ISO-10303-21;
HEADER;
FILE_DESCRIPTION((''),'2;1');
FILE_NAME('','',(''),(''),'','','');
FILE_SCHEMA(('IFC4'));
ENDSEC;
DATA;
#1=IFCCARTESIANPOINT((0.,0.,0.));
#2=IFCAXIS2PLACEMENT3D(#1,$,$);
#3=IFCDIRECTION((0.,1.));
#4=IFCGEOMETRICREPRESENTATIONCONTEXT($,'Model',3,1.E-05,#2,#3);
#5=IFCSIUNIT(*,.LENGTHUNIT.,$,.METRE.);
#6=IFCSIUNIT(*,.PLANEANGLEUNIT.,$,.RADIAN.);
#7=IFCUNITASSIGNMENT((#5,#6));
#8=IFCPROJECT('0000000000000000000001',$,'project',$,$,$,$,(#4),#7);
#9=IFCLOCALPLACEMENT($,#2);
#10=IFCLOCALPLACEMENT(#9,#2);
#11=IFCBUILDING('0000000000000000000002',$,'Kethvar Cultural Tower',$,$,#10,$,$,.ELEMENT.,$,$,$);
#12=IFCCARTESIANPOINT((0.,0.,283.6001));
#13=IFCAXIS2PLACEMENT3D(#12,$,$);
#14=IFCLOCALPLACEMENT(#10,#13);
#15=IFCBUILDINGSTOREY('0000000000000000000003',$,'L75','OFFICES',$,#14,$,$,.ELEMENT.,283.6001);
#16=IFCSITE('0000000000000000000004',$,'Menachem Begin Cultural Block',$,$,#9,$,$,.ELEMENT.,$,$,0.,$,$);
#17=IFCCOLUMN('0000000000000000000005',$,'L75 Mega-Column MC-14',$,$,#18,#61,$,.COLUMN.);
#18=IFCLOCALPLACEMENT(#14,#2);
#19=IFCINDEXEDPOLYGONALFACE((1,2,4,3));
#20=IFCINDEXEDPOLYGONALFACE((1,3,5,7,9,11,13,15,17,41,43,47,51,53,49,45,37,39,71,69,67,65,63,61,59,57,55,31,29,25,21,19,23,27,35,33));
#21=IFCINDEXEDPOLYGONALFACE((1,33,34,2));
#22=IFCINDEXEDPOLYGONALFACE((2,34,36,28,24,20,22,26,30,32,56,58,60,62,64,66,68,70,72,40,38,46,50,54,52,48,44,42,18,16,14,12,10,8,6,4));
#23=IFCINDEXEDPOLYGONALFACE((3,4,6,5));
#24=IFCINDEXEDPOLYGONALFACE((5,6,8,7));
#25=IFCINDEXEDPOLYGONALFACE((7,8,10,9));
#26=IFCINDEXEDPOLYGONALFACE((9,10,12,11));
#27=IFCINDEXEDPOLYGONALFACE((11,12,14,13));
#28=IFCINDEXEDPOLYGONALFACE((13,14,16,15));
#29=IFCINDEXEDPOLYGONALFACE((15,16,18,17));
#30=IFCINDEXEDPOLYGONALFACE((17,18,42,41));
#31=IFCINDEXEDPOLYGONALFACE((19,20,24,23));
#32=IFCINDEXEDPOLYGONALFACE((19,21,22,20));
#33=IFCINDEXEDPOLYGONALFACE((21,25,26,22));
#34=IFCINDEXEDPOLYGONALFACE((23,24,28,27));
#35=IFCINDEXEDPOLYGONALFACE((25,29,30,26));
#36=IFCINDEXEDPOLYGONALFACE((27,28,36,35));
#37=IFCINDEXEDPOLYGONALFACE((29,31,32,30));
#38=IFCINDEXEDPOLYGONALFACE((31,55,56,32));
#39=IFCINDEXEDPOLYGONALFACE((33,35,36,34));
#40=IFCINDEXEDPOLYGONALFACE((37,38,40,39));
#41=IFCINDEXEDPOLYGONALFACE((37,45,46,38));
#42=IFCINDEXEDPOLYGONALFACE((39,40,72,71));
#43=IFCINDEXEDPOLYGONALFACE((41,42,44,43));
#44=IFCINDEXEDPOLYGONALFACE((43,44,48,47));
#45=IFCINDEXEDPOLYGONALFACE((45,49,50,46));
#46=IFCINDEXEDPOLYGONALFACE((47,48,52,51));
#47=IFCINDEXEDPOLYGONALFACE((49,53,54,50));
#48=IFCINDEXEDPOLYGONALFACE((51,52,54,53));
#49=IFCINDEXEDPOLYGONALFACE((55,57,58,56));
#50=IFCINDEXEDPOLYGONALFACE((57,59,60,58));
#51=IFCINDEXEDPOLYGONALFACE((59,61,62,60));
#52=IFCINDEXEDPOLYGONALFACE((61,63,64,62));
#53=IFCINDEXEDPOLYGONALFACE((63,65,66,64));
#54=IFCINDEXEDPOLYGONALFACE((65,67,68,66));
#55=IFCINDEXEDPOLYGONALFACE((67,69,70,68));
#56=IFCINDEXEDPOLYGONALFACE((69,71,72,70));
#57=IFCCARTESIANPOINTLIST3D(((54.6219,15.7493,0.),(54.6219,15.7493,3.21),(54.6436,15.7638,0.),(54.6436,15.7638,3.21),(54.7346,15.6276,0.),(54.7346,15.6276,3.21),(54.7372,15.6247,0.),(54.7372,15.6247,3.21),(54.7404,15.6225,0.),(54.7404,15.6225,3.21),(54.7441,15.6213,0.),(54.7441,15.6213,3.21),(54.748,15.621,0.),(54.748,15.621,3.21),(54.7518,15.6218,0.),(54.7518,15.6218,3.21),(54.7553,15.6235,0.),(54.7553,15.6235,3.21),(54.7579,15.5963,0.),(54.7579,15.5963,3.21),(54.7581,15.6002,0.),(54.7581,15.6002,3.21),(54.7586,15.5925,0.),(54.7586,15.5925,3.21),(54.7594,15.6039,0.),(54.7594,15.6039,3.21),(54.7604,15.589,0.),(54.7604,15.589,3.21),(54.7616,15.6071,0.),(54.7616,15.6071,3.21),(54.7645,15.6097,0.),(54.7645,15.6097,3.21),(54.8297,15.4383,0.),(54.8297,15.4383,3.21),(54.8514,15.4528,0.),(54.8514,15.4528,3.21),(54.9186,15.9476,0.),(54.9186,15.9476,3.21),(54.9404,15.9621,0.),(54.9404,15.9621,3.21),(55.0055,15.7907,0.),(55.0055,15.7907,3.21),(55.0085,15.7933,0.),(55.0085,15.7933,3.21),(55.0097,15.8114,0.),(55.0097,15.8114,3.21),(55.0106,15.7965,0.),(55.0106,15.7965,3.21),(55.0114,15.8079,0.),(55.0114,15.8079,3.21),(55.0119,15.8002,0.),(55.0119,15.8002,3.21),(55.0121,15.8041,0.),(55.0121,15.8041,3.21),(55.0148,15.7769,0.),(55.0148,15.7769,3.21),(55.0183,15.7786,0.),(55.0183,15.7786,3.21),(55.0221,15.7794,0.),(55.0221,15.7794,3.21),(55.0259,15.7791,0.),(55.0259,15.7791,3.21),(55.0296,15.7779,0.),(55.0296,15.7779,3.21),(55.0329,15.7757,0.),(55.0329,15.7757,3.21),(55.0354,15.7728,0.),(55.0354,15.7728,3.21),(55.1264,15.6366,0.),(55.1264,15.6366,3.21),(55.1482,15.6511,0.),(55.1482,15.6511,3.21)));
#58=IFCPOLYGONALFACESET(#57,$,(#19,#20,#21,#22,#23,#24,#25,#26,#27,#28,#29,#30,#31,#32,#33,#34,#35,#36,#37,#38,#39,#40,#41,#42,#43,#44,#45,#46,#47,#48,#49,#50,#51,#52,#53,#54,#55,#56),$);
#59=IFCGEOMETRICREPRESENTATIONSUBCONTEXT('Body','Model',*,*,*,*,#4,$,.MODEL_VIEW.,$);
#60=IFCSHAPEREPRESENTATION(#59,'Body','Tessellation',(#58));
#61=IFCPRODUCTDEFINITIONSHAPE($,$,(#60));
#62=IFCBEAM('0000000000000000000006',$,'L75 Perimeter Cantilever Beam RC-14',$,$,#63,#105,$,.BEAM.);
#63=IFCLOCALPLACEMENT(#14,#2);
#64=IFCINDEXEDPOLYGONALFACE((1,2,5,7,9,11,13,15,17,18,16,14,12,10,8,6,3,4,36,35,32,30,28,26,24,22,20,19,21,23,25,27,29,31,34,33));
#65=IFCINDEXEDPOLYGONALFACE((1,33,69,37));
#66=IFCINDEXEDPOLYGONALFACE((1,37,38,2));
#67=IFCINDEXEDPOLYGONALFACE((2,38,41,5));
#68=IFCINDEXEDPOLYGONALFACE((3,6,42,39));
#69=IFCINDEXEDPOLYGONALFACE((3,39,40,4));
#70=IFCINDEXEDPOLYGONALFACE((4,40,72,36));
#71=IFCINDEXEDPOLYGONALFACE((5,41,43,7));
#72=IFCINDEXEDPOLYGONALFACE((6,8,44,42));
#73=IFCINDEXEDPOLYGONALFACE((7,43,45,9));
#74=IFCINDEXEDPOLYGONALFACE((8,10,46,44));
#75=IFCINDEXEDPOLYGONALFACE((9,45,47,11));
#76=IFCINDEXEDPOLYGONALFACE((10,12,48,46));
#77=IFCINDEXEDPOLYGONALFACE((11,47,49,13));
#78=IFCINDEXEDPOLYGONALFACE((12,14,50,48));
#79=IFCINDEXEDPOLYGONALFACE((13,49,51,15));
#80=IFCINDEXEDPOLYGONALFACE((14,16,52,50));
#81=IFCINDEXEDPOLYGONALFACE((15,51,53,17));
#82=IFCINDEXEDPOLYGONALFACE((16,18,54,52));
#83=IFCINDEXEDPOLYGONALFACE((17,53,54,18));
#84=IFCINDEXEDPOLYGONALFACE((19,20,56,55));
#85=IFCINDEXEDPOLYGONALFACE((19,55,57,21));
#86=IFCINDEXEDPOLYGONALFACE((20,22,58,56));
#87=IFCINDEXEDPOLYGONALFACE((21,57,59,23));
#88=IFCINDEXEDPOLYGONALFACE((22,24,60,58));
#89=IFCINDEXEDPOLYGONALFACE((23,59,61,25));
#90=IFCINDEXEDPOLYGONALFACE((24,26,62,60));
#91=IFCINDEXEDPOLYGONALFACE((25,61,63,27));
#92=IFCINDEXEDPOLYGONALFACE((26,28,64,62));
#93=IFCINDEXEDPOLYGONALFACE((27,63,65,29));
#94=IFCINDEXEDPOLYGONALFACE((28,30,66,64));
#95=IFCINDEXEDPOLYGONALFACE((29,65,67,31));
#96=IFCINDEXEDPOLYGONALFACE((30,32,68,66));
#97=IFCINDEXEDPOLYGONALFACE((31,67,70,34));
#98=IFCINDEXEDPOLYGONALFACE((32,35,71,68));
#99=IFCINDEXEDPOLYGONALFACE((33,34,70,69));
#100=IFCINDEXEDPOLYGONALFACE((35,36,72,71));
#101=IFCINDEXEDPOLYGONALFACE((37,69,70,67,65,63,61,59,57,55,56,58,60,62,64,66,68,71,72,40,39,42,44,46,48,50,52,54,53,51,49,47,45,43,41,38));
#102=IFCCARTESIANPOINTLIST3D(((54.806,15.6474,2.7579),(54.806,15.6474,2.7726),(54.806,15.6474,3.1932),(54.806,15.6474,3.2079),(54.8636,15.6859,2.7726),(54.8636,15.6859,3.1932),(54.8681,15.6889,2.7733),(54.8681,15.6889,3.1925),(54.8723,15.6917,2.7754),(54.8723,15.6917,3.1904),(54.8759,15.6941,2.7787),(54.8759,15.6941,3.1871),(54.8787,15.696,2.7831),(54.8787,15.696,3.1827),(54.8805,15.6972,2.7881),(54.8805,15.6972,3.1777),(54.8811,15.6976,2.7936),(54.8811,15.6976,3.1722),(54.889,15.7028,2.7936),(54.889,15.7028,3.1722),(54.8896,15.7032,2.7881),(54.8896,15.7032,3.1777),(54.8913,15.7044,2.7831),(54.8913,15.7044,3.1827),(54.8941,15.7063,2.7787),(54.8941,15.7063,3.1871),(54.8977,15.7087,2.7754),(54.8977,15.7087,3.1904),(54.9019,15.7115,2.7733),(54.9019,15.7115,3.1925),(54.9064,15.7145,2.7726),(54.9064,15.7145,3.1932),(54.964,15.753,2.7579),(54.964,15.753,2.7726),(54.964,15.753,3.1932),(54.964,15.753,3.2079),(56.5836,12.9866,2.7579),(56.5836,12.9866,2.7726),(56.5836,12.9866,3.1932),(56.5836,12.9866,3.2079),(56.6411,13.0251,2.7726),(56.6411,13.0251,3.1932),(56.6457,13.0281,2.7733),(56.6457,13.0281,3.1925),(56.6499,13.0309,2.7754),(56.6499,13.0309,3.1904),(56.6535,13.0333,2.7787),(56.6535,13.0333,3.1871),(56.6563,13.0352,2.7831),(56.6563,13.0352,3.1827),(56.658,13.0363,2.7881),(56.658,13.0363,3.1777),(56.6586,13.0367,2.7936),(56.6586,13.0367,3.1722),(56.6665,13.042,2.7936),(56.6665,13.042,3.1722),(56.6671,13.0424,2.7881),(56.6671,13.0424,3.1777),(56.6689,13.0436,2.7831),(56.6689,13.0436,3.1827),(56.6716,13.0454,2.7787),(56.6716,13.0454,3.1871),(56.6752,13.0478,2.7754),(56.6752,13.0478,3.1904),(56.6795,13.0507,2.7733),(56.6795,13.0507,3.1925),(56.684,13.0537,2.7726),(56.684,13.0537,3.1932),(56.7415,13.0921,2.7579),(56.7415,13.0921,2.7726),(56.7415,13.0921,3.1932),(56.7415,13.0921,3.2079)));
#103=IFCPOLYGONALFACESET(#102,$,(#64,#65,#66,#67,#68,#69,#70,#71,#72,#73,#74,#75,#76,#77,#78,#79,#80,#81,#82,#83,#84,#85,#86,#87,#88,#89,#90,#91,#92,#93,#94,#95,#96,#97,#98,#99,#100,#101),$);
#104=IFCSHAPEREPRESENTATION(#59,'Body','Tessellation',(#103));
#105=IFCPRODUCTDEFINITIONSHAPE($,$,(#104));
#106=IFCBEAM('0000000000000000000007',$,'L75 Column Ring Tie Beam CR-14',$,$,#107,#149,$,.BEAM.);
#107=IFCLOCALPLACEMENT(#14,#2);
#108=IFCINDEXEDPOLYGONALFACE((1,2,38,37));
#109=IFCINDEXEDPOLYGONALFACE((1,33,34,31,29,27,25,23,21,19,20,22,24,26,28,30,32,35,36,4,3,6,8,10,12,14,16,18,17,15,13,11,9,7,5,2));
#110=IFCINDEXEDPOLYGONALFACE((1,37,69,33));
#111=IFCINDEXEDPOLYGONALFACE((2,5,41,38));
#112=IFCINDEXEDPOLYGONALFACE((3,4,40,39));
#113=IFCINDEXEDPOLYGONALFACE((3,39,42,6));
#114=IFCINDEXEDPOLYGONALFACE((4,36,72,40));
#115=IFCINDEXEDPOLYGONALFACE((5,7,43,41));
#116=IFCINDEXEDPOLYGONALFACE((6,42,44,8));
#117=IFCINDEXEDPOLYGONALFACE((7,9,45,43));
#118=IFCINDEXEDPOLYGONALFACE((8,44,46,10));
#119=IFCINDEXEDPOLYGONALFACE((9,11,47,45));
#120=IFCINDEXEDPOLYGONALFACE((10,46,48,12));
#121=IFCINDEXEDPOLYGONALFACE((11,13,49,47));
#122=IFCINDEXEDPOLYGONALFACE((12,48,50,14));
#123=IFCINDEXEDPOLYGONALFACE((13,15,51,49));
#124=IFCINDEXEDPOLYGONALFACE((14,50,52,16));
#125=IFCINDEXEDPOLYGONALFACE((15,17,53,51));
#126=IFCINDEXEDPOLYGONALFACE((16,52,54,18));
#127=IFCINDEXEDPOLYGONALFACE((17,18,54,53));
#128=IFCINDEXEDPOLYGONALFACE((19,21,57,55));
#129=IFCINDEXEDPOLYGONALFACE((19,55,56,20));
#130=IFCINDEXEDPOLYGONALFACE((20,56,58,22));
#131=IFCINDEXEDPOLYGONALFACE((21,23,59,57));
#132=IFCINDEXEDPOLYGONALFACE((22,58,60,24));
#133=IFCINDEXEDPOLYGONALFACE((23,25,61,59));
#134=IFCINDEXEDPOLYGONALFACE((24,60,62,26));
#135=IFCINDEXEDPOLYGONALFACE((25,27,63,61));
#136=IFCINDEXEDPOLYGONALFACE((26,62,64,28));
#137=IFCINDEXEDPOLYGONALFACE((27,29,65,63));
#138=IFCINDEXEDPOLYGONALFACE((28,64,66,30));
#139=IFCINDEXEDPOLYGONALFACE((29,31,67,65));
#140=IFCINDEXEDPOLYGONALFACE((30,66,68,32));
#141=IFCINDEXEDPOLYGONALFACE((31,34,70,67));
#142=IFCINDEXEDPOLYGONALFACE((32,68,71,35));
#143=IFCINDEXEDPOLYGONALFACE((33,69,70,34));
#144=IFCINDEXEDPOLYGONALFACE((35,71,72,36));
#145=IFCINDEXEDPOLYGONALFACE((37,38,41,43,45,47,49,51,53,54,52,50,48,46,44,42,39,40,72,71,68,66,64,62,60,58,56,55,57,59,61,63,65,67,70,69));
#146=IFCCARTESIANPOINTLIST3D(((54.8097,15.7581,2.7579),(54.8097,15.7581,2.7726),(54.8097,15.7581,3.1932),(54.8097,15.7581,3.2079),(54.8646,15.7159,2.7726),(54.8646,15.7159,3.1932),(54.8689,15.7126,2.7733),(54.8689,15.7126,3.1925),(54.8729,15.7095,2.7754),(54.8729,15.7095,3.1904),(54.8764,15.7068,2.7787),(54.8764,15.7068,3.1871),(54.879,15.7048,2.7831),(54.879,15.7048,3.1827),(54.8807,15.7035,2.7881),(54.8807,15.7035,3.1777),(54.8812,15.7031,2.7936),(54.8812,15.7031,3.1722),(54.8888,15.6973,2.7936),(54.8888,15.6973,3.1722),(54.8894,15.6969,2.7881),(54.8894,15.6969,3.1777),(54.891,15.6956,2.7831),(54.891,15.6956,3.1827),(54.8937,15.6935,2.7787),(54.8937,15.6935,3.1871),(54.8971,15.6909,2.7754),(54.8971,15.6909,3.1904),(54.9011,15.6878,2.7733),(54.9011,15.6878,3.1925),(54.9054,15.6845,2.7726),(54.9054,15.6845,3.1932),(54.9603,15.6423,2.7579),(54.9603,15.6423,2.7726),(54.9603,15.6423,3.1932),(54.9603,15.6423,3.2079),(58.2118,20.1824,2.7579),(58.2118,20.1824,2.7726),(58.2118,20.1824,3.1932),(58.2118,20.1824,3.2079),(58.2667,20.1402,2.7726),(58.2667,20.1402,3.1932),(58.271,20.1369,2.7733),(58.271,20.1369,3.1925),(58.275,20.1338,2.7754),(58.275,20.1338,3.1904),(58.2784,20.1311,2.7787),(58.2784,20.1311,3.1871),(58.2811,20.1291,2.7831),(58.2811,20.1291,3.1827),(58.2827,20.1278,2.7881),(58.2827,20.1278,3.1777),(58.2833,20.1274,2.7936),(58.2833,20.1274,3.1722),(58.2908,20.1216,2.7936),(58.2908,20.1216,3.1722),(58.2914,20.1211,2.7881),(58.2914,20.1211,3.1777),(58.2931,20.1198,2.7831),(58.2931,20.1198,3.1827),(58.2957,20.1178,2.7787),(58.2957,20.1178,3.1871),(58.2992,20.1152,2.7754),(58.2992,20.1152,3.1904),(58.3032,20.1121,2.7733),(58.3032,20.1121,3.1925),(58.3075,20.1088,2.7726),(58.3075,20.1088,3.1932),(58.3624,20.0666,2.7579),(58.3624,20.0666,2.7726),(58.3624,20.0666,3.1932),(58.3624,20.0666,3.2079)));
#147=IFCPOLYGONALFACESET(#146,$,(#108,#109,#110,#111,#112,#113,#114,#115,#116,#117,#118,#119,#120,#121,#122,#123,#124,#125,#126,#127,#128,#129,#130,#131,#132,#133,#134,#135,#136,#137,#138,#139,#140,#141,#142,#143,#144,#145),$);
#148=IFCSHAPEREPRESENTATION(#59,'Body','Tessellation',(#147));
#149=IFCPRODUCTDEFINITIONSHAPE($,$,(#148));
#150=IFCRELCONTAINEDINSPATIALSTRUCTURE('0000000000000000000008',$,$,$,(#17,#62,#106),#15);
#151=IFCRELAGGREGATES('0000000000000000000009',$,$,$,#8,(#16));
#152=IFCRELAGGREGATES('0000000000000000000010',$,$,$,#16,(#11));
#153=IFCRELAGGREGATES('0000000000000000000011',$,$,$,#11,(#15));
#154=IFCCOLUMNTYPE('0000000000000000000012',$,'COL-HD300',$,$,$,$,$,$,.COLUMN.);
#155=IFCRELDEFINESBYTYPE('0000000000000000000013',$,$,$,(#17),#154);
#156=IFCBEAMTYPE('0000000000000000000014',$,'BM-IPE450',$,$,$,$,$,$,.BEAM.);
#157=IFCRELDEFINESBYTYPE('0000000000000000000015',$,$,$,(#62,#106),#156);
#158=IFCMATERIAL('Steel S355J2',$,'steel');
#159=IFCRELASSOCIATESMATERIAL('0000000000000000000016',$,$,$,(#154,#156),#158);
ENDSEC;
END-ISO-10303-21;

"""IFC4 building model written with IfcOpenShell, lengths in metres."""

from ifc_helpers import new_model, si_unit, direction, frame, origin, origin_2d, place, context, subcontext, project, spatial, i_section, extrude, source, transform, mapped, material, material_profile, profile_set, type_object, element, save


model = new_model("IFC4")

# Units and contexts
model_context = context("Model", 3, precision=1e-05, world=origin(), true_north=direction((0.0, 1.0)))
body_context = subcontext(model_context, "Body", "Model", "MODEL_VIEW")
ifc_project = project(units=[si_unit("LENGTHUNIT", "METRE"), si_unit("PLANEANGLEUNIT", "RADIAN")], contexts=[model_context])

# Site, building, storey
site_placement = place(None, origin())
site = spatial("IfcSite", under=ifc_project, at=site_placement, Name="Menachem Begin Cultural Block", CompositionType="ELEMENT", RefElevation=0.0)
building_placement = place(site_placement, origin())
building = spatial("IfcBuilding", under=site, at=building_placement, Name="Kethvar Cultural Tower", CompositionType="ELEMENT")
storey_placement = place(building_placement, frame((0.0, 0.0, 283.6001)))
storey = spatial("IfcBuildingStorey", under=building, at=storey_placement, Name="L75", Description="OFFICES", CompositionType="ELEMENT", Elevation=283.6001)

# Column
ifc_material_1 = material(Name="Steel S355J2", Category="steel")
ifc_material_profile_1 = material_profile(ifc_material_1, i_section(OverallWidth=0.374, OverallDepth=0.3831, WebThickness=0.0166, FlangeThickness=0.0261, FilletRadius=0.0149, at=origin_2d()), Name="Steel S355J2 — HD360x300")
ifc_profile_set_1 = profile_set([ifc_material_profile_1], Name="Steel S355J2 — HD360x300")
column_type = type_object("IfcColumnType", Name="COL-HD300", PredefinedType="COLUMN", material=ifc_profile_set_1)
shared_shape_1 = source(origin(), body_context, "Body", "SweptSolid", [
    extrude(i_section(OverallWidth=0.374, OverallDepth=0.3831, WebThickness=0.0166, FlangeThickness=0.0261, FilletRadius=0.0149, at=origin_2d()), origin(), (0.0, 0.0, 1.0), 3.21),
])
column_placement = place(storey_placement, frame((54.885, 15.7002, 0.0), z_axis=(0.0, 0.0, 1.0), x_axis=(0.55557, -0.83147, 0.0)))
element("IfcColumn", 1, at=column_placement, inside=storey, type_object=column_type, Name="L75 Mega-Column MC-14", PredefinedType="COLUMN", context=body_context, shape_type="MappedRepresentation", body=[
    mapped(shared_shape_1, transform((0.0, 0.0, 0.0), scale=1.0)),
])

# Beams
ifc_material_profile_2 = material_profile(ifc_material_1, i_section(OverallWidth=0.1899, OverallDepth=0.45, WebThickness=0.0095, FlangeThickness=0.0146, FilletRadius=0.021, at=origin_2d()), Name="Steel S355J2 — IPE450")
ifc_profile_set_2 = profile_set([ifc_material_profile_2], Name="Steel S355J2 — IPE450")
beam_type_1 = type_object("IfcBeamType", Name="BM-IPE450", PredefinedType="BEAM", material=ifc_profile_set_2)
shared_shape_2 = source(origin(), body_context, "Body", "SweptSolid", [
    extrude(i_section(OverallWidth=0.1899, OverallDepth=0.45, WebThickness=0.0095, FlangeThickness=0.0146, FilletRadius=0.021, at=origin_2d()), origin(), (0.0, 0.0, 1.0), 3.2),
])
beam_1_placement = place(storey_placement, frame((54.885, 15.7002, 2.9829), z_axis=(0.555492, -0.831522, 0.0), x_axis=(0.831522, 0.555492, 0.0)))
element("IfcBeam", 2, at=beam_1_placement, inside=storey, type_object=beam_type_1, Name="L75 Perimeter Cantilever Beam RC-14", PredefinedType="BEAM", context=body_context, shape_type="MappedRepresentation", body=[
    mapped(shared_shape_2, transform((0.0, 0.0, 0.0), scale=1.0)),
])
shared_shape_3 = source(origin(), body_context, "Body", "SweptSolid", [
    extrude(i_section(OverallWidth=0.1899, OverallDepth=0.45, WebThickness=0.0095, FlangeThickness=0.0146, FilletRadius=0.021, at=origin_2d()), origin(), (0.0, 0.0, 1.0), 5.5811),
])
beam_2_placement = place(storey_placement, frame((54.885, 15.7002, 2.9829), z_axis=(0.609573, 0.79273, 0.0), x_axis=(-0.79273, 0.609573, 0.0)))
element("IfcBeam", 3, at=beam_2_placement, inside=storey, type_object=beam_type_1, Name="L75 Column Ring Tie Beam CR-14", PredefinedType="BEAM", context=body_context, shape_type="MappedRepresentation", body=[
    mapped(shared_shape_3, transform((0.0, 0.0, 0.0), scale=1.0)),
])

save(model, "model.ifc")
